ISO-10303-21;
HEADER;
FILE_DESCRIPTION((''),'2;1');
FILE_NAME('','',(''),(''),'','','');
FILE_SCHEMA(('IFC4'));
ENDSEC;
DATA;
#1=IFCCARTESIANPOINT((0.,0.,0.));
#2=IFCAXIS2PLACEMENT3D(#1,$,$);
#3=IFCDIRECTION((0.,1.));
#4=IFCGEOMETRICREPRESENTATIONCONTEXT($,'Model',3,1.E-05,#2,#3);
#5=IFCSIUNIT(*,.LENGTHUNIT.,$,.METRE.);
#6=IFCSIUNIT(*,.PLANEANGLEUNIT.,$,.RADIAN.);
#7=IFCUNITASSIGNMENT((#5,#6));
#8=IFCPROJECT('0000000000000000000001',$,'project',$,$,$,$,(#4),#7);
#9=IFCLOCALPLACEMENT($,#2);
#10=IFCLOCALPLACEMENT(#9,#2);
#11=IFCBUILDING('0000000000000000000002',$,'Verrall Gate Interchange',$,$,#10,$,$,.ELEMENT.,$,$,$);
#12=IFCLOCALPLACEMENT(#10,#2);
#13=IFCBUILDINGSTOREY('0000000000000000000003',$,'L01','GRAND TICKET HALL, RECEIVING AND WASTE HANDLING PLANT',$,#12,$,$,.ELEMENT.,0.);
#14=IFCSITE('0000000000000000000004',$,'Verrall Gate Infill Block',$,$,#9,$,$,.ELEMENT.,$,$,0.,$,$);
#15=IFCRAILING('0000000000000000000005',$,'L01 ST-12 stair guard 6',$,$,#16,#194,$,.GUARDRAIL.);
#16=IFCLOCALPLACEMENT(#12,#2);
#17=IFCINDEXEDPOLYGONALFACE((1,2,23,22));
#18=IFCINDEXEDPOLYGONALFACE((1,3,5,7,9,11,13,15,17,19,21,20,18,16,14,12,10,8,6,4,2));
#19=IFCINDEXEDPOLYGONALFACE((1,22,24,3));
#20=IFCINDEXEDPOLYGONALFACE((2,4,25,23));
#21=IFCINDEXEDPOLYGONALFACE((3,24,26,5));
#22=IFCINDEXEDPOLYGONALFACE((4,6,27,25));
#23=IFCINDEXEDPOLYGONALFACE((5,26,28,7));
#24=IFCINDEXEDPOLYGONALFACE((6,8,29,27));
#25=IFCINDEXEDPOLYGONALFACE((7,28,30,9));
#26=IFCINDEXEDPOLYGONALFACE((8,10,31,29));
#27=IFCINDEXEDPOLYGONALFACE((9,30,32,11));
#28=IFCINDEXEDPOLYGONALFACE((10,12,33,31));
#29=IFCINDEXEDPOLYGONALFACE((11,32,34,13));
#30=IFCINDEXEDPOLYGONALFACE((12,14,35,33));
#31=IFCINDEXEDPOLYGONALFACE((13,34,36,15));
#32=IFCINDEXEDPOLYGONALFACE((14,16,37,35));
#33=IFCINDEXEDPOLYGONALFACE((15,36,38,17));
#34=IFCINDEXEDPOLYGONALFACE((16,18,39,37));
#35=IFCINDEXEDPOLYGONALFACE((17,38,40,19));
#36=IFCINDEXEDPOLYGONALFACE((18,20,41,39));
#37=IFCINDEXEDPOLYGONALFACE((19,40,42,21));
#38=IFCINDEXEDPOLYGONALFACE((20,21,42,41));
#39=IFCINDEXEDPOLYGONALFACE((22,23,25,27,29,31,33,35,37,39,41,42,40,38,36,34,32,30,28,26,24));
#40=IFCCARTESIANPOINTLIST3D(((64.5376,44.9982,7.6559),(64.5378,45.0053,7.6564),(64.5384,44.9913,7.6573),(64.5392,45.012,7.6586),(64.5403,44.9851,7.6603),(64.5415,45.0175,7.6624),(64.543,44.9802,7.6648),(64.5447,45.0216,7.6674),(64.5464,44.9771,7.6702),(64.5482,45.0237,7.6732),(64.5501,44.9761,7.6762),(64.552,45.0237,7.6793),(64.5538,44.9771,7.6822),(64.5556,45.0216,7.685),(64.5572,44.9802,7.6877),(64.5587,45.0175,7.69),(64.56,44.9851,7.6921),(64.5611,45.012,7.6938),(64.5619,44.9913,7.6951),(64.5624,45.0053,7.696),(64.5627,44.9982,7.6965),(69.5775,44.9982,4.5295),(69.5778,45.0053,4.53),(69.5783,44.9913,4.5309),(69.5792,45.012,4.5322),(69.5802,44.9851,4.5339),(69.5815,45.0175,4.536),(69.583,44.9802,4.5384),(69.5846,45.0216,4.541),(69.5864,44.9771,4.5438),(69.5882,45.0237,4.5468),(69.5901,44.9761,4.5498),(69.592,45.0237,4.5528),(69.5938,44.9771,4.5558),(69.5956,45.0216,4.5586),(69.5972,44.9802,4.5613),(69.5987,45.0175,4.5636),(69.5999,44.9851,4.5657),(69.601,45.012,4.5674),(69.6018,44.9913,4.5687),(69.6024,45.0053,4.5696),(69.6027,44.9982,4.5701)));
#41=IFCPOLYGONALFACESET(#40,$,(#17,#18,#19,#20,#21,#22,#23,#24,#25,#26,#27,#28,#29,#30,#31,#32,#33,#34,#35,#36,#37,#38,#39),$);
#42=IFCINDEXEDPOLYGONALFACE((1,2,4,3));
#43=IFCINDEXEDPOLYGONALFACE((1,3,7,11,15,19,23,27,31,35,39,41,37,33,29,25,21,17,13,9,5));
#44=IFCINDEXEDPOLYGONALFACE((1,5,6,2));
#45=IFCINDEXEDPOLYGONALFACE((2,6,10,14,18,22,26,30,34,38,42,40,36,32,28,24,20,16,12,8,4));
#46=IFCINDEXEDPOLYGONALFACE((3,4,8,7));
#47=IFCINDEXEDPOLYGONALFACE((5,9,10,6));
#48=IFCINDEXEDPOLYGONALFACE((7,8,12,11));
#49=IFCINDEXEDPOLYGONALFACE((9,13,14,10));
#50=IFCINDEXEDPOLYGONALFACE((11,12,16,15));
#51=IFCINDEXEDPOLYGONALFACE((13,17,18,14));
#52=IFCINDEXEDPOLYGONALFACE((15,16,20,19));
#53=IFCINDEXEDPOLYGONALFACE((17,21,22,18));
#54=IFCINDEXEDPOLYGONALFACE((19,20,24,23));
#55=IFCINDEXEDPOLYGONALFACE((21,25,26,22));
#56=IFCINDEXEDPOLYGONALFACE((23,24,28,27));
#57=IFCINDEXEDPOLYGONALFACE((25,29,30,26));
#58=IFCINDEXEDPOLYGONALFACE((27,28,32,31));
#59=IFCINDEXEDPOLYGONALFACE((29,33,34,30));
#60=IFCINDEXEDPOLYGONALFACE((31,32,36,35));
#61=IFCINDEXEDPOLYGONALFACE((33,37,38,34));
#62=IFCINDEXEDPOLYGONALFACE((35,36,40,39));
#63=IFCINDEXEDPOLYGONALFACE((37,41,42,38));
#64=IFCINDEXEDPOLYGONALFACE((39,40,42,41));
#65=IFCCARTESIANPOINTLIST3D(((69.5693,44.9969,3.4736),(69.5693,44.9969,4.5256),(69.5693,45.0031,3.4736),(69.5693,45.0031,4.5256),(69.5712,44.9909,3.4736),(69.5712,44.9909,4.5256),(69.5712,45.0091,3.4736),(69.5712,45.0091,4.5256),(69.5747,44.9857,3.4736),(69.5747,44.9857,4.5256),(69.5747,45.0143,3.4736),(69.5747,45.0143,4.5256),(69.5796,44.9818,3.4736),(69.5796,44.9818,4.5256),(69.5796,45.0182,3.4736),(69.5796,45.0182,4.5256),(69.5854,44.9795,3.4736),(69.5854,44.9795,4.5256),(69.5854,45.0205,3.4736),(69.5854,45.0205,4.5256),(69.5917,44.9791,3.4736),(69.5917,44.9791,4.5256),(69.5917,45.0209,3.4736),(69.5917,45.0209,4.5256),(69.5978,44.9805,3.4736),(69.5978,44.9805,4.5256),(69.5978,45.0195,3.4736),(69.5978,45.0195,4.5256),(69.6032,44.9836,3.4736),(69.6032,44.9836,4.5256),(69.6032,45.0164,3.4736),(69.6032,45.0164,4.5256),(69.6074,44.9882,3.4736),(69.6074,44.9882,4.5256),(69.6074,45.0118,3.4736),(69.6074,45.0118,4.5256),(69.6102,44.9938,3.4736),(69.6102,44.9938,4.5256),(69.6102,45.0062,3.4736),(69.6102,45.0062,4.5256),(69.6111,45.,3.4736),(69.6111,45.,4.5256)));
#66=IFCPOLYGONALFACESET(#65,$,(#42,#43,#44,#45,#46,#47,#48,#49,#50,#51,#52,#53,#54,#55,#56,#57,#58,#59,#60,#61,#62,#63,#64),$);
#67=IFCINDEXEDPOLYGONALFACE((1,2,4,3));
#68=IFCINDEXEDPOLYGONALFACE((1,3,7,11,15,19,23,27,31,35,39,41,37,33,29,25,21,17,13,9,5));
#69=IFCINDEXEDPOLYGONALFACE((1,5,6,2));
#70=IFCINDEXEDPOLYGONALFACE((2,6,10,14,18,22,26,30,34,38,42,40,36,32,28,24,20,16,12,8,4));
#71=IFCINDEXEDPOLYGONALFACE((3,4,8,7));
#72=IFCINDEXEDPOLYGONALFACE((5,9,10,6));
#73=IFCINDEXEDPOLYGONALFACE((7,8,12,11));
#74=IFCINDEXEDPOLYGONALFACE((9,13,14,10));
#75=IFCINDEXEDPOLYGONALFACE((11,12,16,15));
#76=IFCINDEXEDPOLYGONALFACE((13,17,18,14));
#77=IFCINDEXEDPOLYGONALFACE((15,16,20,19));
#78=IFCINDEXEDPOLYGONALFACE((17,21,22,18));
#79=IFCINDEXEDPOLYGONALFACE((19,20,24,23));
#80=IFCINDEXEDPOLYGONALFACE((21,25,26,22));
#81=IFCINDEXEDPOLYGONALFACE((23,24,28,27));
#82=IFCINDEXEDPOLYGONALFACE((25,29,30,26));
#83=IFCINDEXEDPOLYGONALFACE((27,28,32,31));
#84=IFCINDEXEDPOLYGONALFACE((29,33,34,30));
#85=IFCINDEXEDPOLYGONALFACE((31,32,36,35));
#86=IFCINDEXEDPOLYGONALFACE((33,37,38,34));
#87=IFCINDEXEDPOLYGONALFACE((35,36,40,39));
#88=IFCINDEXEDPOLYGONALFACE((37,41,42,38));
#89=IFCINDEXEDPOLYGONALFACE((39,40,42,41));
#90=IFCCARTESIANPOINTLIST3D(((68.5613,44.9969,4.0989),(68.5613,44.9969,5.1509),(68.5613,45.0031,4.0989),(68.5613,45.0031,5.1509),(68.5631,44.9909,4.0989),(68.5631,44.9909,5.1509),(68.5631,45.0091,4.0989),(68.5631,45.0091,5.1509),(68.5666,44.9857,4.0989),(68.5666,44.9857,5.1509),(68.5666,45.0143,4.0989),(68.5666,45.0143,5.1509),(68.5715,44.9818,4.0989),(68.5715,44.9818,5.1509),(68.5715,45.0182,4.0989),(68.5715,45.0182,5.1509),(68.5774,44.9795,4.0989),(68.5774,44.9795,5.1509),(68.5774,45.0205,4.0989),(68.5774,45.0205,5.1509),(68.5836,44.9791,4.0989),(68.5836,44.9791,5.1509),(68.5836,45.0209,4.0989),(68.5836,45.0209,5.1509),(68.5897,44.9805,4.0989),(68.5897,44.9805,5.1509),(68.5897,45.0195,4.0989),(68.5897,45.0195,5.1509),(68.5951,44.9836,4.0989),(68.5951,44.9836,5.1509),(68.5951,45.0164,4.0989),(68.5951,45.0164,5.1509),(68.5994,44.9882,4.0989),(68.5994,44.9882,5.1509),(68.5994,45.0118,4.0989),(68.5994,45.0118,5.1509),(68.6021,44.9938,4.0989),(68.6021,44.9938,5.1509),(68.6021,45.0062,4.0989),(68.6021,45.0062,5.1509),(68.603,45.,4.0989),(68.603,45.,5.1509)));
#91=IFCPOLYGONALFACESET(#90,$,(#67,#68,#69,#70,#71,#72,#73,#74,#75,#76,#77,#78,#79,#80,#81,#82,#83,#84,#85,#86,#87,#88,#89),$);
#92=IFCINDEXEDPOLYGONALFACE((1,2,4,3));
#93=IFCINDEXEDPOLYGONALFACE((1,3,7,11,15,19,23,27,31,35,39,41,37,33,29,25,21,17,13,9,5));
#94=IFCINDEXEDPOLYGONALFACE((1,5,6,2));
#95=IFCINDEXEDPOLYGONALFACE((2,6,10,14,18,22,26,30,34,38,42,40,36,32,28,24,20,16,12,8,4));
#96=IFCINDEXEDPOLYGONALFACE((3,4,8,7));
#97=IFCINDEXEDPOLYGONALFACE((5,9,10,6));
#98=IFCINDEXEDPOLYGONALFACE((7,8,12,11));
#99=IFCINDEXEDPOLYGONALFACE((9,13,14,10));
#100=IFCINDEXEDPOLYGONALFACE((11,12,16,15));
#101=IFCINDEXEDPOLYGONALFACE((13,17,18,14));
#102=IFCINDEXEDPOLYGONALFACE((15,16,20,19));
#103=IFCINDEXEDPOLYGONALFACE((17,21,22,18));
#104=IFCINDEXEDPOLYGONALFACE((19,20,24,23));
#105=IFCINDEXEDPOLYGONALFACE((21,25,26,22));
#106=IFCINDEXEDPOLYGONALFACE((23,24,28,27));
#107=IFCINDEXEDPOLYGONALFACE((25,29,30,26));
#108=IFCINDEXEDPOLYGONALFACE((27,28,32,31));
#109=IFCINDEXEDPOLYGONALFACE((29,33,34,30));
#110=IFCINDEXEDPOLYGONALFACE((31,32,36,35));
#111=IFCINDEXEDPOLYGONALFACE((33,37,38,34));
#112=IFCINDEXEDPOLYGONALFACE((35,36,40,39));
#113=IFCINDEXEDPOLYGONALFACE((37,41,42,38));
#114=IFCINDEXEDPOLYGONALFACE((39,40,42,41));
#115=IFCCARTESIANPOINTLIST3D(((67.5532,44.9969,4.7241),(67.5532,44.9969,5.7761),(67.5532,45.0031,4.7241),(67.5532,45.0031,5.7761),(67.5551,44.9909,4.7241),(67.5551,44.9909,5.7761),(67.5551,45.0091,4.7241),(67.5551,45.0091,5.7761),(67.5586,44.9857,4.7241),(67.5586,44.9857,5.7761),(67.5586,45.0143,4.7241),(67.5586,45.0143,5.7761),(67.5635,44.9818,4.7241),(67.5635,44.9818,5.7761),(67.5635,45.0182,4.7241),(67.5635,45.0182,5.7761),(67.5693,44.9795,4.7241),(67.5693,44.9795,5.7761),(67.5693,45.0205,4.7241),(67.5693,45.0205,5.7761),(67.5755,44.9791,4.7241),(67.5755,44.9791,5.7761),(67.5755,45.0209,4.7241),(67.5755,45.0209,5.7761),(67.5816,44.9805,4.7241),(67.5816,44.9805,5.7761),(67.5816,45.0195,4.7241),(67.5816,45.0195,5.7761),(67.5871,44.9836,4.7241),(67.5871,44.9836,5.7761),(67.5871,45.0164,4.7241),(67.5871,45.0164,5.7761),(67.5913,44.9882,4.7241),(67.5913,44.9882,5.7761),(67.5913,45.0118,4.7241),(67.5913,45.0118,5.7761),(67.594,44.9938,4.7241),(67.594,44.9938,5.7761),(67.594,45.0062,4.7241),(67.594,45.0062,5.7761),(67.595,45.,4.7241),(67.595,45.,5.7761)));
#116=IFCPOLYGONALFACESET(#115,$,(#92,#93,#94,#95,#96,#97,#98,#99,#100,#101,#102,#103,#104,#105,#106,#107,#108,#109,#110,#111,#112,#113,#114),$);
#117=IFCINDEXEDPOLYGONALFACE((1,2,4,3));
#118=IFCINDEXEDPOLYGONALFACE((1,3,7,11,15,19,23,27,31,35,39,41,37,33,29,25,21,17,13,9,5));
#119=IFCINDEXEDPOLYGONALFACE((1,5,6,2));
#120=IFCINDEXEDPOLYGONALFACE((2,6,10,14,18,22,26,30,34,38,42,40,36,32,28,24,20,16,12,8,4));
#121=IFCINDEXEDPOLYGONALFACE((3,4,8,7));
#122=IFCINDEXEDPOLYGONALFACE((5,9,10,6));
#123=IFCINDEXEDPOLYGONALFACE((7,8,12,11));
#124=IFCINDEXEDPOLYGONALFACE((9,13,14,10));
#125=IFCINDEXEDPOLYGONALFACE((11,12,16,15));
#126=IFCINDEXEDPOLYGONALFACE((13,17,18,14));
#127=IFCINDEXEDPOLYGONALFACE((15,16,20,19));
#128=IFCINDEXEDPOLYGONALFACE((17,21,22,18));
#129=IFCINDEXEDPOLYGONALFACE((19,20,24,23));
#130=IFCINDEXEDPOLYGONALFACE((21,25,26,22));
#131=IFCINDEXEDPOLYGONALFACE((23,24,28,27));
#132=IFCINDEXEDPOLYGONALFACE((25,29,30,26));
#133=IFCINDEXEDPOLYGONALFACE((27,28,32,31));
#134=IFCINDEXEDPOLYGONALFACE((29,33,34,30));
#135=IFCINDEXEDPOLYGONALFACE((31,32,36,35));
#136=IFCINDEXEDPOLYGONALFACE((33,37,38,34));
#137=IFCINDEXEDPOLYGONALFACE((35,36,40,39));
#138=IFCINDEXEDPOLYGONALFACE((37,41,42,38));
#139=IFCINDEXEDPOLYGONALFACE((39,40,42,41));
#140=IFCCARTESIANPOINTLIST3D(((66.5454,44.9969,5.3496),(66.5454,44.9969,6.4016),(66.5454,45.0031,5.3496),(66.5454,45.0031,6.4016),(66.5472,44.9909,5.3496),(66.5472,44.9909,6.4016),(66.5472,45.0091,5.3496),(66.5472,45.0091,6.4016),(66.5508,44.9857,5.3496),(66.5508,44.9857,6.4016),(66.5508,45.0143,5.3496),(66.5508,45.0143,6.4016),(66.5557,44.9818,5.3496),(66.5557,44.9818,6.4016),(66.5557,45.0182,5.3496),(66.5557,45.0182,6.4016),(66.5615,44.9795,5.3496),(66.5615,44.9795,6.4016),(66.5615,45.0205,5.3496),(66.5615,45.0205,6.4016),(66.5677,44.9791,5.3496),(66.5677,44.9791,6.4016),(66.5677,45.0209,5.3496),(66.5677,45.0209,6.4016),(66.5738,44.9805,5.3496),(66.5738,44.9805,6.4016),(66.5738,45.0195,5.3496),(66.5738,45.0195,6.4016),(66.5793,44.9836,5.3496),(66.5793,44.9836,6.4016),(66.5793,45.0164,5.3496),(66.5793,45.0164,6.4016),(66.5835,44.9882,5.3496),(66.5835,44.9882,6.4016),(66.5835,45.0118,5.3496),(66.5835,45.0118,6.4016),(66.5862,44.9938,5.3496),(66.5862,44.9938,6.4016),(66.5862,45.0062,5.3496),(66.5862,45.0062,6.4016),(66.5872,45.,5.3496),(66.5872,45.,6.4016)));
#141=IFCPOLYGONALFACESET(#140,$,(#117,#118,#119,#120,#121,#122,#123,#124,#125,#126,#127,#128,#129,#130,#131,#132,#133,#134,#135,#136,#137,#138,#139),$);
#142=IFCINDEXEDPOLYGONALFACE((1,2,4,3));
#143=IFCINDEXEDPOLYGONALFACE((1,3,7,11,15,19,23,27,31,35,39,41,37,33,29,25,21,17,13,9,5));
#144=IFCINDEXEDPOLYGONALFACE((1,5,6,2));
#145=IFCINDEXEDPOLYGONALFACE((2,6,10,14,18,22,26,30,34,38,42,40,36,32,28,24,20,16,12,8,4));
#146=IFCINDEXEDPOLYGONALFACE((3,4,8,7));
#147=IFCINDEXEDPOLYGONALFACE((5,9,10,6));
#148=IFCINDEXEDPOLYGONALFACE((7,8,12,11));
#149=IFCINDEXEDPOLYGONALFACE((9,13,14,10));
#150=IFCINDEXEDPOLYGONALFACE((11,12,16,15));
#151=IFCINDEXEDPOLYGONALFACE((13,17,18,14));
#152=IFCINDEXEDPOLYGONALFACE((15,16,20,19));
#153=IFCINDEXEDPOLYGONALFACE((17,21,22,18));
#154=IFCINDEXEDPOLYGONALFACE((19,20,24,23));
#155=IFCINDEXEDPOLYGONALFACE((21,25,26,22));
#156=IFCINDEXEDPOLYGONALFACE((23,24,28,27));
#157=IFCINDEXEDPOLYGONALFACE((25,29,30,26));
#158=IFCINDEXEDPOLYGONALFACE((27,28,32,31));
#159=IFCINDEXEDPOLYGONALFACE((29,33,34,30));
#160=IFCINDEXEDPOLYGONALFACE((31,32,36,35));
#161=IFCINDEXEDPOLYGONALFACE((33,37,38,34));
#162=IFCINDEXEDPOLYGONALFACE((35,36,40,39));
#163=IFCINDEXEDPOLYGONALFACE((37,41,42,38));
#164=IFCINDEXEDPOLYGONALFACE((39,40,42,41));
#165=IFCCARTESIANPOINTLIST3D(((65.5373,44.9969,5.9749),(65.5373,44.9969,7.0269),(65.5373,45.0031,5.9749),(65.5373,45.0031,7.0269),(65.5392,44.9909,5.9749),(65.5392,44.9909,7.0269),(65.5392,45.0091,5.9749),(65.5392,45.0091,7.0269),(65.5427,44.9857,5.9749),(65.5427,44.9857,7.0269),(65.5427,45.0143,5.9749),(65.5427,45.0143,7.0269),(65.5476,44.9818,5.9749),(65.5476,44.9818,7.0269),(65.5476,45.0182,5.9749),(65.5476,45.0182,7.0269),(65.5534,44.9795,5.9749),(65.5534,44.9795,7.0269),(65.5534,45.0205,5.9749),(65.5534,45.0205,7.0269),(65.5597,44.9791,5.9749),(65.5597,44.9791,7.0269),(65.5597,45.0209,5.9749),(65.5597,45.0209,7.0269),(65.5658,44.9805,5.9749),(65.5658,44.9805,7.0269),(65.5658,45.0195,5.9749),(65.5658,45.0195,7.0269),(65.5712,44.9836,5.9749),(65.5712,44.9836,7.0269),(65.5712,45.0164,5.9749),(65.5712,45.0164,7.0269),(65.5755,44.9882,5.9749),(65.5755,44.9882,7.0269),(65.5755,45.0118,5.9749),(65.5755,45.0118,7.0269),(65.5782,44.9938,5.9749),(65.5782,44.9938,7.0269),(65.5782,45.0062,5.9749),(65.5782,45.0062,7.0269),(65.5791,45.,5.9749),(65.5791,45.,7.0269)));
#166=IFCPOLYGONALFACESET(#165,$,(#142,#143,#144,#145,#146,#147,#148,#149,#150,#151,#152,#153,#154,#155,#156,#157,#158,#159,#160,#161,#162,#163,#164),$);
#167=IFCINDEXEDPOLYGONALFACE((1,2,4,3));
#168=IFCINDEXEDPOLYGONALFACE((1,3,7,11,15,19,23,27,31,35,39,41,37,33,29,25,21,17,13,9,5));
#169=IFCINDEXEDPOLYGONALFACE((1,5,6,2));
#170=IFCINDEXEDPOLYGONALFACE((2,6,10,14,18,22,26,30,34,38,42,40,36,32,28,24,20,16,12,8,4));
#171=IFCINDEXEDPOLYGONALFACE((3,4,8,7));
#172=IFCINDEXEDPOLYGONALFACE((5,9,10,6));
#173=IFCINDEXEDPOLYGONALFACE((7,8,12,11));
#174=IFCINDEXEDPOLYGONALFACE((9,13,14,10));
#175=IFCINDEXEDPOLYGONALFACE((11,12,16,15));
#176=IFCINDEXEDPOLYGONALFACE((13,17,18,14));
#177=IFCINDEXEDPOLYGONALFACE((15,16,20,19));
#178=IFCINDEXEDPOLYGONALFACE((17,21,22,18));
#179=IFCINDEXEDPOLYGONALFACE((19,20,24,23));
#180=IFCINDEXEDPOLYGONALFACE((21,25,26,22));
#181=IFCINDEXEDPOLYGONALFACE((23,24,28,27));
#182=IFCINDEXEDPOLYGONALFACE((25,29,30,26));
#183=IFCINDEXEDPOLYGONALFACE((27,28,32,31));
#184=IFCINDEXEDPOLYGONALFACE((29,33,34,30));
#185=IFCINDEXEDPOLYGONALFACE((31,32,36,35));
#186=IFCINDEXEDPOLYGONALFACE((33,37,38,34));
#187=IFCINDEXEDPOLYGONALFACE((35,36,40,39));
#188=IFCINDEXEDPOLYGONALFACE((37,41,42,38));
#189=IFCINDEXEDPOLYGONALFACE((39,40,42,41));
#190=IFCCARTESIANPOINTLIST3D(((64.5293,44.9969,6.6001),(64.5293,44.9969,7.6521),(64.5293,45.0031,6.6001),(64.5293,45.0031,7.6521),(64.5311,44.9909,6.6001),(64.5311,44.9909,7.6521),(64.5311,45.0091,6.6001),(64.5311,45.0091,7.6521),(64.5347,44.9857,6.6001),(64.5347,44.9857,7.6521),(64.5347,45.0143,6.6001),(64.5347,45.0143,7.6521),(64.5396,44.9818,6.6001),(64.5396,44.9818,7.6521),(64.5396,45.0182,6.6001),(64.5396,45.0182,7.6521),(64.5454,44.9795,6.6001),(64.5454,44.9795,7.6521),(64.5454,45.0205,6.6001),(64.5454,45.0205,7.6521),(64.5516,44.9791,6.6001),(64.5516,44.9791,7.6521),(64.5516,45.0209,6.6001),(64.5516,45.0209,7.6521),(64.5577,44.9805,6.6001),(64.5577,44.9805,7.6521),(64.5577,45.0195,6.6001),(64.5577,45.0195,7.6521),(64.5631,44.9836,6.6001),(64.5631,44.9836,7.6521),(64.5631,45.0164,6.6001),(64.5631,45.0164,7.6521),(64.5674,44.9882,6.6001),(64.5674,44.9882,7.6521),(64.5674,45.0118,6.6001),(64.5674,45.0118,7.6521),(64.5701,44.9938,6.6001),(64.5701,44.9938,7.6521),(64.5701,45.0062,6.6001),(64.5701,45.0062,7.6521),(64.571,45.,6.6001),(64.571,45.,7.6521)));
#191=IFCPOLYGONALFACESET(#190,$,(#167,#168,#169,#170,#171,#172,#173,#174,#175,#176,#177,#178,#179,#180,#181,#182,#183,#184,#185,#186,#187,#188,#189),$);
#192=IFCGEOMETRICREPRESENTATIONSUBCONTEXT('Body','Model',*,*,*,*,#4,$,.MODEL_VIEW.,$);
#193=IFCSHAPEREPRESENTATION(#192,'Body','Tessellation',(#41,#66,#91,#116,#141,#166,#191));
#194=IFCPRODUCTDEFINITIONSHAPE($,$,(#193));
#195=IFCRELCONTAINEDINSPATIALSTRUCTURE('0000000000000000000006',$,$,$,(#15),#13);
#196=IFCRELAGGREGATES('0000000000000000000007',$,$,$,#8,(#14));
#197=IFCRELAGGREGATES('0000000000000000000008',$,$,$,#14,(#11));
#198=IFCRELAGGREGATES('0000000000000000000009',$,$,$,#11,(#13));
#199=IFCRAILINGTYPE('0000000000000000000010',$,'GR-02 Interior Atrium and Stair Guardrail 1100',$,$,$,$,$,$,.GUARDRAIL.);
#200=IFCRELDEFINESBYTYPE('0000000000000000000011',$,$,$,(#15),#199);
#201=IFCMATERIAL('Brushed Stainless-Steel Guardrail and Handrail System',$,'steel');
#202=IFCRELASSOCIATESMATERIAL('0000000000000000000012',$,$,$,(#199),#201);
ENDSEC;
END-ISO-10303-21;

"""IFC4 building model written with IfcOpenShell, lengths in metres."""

from ifc_helpers import new_model, si_unit, direction, frame, origin, origin_2d, place, context, subcontext, project, spatial, circle, extrude, material, type_object, element, save


model = new_model("IFC4")

# Units and contexts
model_context = context("Model", 3, precision=1e-05, world=origin(), true_north=direction((0.0, 1.0)))
body_context = subcontext(model_context, "Body", "Model", "MODEL_VIEW")
ifc_project = project(units=[si_unit("LENGTHUNIT", "METRE"), si_unit("PLANEANGLEUNIT", "RADIAN")], contexts=[model_context])

# Site, building, storey
site_placement = place(None, origin())
site = spatial("IfcSite", under=ifc_project, at=site_placement, Name="Verrall Gate Infill Block", CompositionType="ELEMENT", RefElevation=0.0)
building_placement = place(site_placement, origin())
building = spatial("IfcBuilding", under=site, at=building_placement, Name="Verrall Gate Interchange", CompositionType="ELEMENT")
storey_placement = place(building_placement, origin())
storey = spatial("IfcBuildingStorey", under=building, at=storey_placement, Name="L01", Description="GRAND TICKET HALL, RECEIVING AND WASTE HANDLING PLANT", CompositionType="ELEMENT", Elevation=0.0)

# Railing
ifc_material_1 = material(Name="Brushed Stainless-Steel Guardrail and Handrail System", Category="steel")
railing_type_1 = type_object("IfcRailingType", Name="GR-02 Interior Atrium and Stair Guardrail 1100", PredefinedType="GUARDRAIL", material=ifc_material_1)
railing_1_placement = place(storey_placement, frame((69.5901, 45.0, 3.4736)))
element("IfcRailing", 1, at=railing_1_placement, inside=storey, type_object=railing_type_1, Name="L01 ST-12 stair guard 6", PredefinedType="GUARDRAIL", context=body_context, shape_type="SweptSolid", body=[
    extrude(circle(Radius=0.0239, at=origin_2d()), frame((0.0, 0.0, 1.0762), z_axis=(-0.849779, 0.0, 0.527139), x_axis=(0.0, -1.0, 0.0)), (0.0, 0.0, 1.0), 5.9309),
    extrude(circle(Radius=0.021, at=origin_2d()), origin(), (0.0, 0.0, 1.0), 1.052),
    extrude(circle(Radius=0.021, at=origin_2d()), frame((-1.0081, 0.0, 0.6252)), (0.0, 0.0, 1.0), 1.052),
    extrude(circle(Radius=0.021, at=origin_2d()), frame((-2.0161, 0.0, 1.2505)), (0.0, 0.0, 1.0), 1.052),
    extrude(circle(Radius=0.021, at=origin_2d()), frame((-3.0239, 0.0, 1.876)), (0.0, 0.0, 1.0), 1.052),
    extrude(circle(Radius=0.021, at=origin_2d()), frame((-4.032, 0.0, 2.5012)), (0.0, 0.0, 1.0), 1.052),
    extrude(circle(Radius=0.021, at=origin_2d()), frame((-5.04, 0.0, 3.1265)), (0.0, 0.0, 1.0), 1.052),
])

save(model, "model.ifc")
